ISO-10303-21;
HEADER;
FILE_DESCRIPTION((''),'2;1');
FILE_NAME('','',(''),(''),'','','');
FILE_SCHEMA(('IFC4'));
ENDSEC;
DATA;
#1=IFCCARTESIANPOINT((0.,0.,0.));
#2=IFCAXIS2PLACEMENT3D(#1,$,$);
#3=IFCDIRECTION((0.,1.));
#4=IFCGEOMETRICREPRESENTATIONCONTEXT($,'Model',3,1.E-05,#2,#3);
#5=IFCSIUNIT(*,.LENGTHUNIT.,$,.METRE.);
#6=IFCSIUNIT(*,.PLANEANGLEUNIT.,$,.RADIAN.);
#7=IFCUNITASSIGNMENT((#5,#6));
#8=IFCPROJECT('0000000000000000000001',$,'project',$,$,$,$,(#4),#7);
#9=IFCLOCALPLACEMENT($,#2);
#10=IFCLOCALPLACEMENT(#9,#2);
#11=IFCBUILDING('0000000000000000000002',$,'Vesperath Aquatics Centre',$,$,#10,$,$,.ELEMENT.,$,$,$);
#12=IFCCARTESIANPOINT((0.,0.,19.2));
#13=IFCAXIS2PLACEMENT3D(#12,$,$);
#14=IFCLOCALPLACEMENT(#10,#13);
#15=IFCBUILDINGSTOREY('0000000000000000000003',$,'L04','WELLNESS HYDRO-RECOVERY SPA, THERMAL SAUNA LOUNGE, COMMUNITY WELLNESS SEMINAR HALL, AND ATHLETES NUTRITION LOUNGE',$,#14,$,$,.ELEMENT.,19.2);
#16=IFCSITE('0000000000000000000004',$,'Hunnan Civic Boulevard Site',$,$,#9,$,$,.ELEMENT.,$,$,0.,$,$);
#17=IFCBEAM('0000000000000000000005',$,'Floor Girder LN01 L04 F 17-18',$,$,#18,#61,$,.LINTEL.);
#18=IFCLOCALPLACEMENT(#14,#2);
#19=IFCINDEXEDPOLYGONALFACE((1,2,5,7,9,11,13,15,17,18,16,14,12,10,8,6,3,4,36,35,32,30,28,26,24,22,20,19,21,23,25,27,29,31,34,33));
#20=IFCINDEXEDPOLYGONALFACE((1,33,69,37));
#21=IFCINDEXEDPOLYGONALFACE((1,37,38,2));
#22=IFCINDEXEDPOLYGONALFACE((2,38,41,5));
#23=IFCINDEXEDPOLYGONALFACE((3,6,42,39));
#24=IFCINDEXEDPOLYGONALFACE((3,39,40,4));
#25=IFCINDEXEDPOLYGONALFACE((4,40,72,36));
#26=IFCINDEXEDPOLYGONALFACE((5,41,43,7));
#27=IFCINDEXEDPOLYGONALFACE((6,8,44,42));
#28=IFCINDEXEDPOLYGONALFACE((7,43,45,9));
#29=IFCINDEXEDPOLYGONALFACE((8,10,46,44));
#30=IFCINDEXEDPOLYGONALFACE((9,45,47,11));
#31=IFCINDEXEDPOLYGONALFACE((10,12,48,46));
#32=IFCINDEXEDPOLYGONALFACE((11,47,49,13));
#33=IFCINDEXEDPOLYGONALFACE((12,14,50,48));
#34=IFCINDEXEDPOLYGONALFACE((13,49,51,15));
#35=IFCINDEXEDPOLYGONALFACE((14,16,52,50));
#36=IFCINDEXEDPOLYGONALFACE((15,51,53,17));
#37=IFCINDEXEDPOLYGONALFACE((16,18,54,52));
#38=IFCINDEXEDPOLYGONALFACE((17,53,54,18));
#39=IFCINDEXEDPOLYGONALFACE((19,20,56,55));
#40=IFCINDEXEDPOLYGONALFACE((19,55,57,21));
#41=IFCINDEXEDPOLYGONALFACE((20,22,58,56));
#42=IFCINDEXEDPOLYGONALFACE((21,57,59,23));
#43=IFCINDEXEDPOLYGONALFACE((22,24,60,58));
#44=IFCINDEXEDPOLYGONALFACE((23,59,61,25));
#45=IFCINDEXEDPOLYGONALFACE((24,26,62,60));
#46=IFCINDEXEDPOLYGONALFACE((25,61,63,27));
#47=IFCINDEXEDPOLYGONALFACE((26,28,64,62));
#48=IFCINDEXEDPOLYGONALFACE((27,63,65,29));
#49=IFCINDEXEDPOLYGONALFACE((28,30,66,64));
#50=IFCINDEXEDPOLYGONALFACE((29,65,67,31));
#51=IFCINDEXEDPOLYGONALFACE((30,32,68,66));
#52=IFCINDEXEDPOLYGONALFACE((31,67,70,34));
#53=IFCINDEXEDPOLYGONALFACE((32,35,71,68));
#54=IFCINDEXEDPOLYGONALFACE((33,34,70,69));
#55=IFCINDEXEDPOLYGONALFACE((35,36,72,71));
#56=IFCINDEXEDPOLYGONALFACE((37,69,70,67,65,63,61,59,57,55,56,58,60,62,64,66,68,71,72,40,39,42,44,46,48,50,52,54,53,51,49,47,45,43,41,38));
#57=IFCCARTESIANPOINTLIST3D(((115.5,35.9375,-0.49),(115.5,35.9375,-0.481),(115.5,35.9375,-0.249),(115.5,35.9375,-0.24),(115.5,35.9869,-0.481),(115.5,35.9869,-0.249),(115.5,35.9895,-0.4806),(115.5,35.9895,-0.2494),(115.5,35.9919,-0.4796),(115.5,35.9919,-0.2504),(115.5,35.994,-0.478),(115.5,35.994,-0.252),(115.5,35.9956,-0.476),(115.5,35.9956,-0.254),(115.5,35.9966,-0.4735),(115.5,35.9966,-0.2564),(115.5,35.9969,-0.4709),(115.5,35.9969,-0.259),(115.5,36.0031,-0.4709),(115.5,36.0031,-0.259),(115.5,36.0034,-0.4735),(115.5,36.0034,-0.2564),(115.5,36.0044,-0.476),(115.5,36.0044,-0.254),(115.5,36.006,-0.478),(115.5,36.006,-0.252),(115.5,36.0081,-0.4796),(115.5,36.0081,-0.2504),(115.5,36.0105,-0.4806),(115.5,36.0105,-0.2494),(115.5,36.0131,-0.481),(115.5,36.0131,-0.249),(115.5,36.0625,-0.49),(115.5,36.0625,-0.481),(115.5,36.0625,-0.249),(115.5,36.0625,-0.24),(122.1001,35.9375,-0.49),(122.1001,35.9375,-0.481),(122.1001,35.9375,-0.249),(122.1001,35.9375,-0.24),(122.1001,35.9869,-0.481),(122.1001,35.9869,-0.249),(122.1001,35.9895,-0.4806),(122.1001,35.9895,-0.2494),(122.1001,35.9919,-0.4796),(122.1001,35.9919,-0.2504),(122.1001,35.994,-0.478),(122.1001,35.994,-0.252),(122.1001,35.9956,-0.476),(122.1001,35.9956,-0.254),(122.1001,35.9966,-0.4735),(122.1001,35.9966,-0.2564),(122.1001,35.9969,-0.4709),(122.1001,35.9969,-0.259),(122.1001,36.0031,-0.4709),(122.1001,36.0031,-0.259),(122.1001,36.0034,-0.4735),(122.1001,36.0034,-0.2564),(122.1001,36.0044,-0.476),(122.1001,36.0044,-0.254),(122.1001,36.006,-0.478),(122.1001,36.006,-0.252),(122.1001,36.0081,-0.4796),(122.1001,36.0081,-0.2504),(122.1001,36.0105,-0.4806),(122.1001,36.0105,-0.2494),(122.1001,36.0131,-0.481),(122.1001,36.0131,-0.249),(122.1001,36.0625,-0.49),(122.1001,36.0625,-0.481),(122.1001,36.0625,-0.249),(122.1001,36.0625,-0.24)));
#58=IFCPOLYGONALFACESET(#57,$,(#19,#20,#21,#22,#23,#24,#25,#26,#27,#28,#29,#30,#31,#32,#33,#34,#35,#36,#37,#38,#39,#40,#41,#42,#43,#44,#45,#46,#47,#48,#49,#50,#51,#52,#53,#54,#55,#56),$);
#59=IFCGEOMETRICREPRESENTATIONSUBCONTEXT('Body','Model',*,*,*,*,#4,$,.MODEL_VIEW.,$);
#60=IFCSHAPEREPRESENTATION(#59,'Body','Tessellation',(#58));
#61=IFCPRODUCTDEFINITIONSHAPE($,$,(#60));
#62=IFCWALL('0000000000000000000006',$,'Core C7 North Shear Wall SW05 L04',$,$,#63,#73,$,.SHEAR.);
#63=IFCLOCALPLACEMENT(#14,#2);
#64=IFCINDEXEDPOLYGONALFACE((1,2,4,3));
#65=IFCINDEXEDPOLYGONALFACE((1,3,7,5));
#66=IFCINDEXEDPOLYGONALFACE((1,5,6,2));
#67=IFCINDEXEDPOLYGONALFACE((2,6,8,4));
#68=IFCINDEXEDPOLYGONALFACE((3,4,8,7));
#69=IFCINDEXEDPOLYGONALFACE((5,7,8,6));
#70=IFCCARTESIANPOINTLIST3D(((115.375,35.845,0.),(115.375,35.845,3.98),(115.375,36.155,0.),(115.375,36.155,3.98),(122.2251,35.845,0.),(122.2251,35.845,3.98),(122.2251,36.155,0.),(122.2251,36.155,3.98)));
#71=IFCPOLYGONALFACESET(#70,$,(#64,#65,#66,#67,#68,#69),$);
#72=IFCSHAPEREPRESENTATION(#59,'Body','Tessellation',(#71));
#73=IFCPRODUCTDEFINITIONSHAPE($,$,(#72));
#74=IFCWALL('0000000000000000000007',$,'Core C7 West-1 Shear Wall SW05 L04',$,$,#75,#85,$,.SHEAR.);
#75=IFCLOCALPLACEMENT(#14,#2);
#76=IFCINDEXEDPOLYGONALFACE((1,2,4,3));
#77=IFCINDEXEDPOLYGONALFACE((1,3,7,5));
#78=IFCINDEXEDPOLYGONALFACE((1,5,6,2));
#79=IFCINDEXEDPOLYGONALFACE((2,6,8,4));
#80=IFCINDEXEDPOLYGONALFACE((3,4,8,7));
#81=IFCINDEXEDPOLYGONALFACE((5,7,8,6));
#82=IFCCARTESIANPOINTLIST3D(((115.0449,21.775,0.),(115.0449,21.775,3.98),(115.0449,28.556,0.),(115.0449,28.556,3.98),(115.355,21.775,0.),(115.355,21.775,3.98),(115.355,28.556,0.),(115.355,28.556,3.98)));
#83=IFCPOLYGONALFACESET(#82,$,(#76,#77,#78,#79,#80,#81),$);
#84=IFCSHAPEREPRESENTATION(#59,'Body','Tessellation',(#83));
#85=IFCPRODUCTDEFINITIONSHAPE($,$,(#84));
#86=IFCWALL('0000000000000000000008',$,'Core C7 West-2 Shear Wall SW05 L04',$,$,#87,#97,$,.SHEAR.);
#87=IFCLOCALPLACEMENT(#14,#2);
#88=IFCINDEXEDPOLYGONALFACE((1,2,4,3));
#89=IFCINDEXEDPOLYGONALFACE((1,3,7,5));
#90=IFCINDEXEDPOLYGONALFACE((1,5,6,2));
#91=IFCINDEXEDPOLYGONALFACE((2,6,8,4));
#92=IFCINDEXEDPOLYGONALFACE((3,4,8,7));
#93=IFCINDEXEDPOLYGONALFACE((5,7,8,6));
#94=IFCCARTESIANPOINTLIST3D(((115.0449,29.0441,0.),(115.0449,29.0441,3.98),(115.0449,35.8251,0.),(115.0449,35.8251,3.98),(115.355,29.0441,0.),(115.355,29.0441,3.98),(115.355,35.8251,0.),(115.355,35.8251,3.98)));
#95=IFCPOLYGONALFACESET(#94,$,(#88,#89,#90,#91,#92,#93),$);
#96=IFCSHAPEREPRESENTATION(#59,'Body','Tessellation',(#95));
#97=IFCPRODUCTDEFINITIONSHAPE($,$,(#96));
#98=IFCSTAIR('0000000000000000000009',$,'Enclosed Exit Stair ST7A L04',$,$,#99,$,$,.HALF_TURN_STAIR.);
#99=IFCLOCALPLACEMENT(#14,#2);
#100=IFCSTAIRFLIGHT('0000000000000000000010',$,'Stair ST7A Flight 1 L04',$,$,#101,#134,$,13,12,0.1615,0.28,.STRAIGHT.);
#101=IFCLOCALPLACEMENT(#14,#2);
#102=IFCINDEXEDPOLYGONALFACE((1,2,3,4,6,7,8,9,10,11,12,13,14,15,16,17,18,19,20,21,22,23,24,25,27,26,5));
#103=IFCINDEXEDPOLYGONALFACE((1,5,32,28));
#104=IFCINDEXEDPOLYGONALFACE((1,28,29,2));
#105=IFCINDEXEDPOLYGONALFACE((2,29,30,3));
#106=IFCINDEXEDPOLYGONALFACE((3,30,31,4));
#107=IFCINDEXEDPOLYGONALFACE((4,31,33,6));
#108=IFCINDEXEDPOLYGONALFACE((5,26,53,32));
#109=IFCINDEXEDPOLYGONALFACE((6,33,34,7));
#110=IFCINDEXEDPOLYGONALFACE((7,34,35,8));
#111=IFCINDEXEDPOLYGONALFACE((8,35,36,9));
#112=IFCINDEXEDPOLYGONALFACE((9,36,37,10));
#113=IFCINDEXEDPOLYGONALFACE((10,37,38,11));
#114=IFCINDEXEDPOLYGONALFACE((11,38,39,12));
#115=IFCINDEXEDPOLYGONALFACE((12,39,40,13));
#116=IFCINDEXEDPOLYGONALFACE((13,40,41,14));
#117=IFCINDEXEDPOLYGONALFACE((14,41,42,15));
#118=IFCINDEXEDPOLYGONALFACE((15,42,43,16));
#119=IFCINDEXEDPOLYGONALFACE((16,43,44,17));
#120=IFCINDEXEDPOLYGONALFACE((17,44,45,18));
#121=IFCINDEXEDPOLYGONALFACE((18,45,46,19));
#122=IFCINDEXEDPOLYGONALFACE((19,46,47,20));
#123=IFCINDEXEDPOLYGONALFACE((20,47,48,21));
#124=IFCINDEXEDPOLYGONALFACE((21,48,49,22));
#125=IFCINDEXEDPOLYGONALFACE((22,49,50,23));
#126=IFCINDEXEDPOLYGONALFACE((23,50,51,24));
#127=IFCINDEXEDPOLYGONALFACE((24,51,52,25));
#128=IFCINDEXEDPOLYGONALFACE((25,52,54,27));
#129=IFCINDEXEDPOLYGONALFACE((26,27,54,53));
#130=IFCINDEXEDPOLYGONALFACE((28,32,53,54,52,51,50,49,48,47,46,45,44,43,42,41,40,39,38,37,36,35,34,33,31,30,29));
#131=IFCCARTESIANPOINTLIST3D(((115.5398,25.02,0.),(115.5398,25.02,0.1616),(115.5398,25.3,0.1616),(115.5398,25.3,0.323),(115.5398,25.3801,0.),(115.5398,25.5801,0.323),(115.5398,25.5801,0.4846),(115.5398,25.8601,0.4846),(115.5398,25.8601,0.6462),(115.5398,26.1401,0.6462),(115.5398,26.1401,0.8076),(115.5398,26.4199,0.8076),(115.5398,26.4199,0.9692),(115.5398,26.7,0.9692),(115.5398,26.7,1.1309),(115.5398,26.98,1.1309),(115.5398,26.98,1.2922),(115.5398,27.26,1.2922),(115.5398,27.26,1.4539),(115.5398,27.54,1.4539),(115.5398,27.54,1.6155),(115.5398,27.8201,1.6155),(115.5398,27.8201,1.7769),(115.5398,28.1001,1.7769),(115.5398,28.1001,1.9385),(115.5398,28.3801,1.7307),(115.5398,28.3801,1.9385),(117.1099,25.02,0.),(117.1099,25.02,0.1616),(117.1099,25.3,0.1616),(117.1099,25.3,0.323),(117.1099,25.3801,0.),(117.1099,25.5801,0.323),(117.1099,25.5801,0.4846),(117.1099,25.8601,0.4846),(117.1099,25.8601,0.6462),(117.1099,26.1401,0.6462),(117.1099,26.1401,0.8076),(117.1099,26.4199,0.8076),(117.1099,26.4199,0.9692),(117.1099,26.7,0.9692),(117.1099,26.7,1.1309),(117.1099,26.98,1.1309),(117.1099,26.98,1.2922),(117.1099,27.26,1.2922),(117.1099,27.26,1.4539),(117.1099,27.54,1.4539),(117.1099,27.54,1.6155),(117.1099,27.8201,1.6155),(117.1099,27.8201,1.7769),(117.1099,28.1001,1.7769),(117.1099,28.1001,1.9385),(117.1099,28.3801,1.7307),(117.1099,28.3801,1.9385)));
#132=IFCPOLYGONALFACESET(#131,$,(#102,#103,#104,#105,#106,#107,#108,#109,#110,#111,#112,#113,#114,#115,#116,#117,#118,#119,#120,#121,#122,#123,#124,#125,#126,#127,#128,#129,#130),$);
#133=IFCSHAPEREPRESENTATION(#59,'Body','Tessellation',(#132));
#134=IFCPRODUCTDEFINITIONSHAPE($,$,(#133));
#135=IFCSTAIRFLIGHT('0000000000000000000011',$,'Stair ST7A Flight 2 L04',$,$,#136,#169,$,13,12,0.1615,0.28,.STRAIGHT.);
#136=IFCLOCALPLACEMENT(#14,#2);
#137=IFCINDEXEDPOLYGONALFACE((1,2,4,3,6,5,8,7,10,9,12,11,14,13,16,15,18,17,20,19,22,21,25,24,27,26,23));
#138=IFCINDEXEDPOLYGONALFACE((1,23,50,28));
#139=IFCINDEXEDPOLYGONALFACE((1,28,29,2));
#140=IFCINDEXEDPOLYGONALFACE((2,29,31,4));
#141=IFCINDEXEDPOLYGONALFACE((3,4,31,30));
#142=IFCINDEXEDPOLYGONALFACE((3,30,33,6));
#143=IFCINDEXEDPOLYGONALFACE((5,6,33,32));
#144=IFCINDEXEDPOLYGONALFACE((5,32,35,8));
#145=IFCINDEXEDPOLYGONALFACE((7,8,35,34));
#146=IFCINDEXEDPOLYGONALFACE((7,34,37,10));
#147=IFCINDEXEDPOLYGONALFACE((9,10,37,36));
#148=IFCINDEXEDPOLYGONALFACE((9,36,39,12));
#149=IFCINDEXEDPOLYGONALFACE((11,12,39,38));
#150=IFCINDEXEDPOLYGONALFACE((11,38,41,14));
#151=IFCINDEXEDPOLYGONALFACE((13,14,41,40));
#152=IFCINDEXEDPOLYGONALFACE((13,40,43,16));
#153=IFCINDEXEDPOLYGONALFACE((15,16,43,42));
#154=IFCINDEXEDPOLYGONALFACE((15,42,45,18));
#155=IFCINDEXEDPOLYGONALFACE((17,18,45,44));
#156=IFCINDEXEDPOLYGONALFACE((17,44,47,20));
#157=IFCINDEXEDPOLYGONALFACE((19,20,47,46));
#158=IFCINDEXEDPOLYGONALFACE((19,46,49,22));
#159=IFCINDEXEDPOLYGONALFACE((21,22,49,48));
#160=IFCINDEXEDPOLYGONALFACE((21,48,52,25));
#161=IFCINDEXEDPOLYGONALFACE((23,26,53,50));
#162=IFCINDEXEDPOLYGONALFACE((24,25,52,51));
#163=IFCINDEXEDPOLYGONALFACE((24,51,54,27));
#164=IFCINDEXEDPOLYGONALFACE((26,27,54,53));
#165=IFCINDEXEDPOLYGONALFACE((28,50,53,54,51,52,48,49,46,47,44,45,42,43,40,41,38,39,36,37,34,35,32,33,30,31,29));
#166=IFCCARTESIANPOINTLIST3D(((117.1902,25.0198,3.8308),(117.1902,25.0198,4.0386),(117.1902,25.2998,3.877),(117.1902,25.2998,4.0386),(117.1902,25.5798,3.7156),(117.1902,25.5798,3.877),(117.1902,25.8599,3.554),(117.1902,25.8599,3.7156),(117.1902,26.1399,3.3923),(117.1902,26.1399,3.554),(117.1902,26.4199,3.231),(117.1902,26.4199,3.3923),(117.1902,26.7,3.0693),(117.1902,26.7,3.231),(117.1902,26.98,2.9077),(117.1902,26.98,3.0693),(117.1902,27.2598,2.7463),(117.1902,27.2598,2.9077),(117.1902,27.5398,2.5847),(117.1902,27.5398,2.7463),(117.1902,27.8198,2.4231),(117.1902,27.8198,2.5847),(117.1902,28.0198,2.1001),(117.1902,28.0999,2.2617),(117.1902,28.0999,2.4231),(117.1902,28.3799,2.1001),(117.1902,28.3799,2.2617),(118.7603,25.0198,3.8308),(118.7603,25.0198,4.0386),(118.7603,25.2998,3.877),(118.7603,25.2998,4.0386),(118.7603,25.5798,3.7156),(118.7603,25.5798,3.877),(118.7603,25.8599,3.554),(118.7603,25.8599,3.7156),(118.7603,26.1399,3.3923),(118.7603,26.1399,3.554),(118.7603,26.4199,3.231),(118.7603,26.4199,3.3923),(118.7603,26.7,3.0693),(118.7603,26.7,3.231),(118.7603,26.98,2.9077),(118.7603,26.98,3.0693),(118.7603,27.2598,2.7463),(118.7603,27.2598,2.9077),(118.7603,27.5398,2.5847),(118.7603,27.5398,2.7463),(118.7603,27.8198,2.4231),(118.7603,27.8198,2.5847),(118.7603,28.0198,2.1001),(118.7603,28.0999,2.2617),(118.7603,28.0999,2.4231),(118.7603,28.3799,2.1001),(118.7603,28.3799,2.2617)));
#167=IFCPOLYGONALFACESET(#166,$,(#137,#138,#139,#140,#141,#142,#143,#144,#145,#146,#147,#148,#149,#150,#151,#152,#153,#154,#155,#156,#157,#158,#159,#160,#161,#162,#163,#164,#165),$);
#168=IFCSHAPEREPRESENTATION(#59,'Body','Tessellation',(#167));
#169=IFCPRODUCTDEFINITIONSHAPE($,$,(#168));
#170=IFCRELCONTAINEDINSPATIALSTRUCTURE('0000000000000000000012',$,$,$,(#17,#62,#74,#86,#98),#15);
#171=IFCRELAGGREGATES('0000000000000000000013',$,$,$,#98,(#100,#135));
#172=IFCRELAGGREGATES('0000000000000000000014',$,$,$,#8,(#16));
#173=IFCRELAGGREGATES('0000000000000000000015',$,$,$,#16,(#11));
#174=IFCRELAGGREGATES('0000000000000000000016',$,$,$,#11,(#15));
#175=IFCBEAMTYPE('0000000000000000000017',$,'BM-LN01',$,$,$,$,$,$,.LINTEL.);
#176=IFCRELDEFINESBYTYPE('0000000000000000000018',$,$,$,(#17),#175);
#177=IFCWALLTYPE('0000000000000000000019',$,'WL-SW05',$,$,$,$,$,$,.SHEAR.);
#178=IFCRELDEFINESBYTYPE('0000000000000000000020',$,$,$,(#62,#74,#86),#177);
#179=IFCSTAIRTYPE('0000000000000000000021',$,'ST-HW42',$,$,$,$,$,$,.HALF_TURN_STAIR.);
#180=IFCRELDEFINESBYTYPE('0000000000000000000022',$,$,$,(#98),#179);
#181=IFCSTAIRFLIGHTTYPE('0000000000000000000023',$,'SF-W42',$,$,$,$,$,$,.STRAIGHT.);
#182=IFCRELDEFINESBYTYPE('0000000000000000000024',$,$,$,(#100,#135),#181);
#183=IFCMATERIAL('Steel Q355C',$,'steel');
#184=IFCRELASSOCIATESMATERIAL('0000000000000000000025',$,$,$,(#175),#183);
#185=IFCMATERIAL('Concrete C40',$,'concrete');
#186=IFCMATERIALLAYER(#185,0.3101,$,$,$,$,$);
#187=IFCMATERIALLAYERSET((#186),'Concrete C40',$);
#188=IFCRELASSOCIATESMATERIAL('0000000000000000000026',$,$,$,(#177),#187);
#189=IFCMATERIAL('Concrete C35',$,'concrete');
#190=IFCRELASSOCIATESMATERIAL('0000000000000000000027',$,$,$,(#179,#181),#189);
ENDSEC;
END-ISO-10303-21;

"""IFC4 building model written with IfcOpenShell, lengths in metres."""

from ifc_helpers import new_model, si_unit, direction, frame, frame_2d, origin, origin_2d, place, context, subcontext, project, spatial, polyline, rectangle, i_section, outline, extrude, material, layer, layer_set, material_profile, profile_set, type_object, element, aggregate, save


model = new_model("IFC4")

# Units and contexts
model_context = context("Model", 3, precision=1e-05, world=origin(), true_north=direction((0.0, 1.0)))
body_context = subcontext(model_context, "Body", "Model", "MODEL_VIEW")
ifc_project = project(units=[si_unit("LENGTHUNIT", "METRE"), si_unit("PLANEANGLEUNIT", "RADIAN")], contexts=[model_context])

# Site, building, storey
site_placement = place(None, origin())
site = spatial("IfcSite", under=ifc_project, at=site_placement, Name="Hunnan Civic Boulevard Site", CompositionType="ELEMENT", RefElevation=0.0)
building_placement = place(site_placement, origin())
building = spatial("IfcBuilding", under=site, at=building_placement, Name="Vesperath Aquatics Centre", CompositionType="ELEMENT")
storey_placement = place(building_placement, frame((0.0, 0.0, 19.2)))
storey = spatial("IfcBuildingStorey", under=building, at=storey_placement, Name="L04", Description="WELLNESS HYDRO-RECOVERY SPA, THERMAL SAUNA LOUNGE, COMMUNITY WELLNESS SEMINAR HALL, AND ATHLETES NUTRITION LOUNGE", CompositionType="ELEMENT", Elevation=19.2)

# Shared definitions
ifc_material_1 = material(Name="Steel Q355C", Category="steel")

# Beam
ifc_material_2 = material(Name="Concrete C35", Category="concrete")
ifc_material_profile_1 = material_profile(ifc_material_1, i_section(OverallWidth=0.125, OverallDepth=0.25, WebThickness=0.0061, FlangeThickness=0.009, FilletRadius=0.01, at=origin_2d()), Name="HN 250x125x6x9")
ifc_profile_set_1 = profile_set([ifc_material_profile_1], Name="Steel Q355C")
beam_type_1 = type_object("IfcBeamType", Name="BM-LN01", PredefinedType="LINTEL", material=ifc_profile_set_1)
beam_1_placement = place(storey_placement, frame((115.5, 36.0, -0.365), z_axis=(1.0, 0.0, 0.0), x_axis=(0.0, 1.0, 0.0)))
element("IfcBeam", 1, at=beam_1_placement, inside=storey, type_object=beam_type_1, Name="Floor Girder LN01 L04 F 17-18", PredefinedType="LINTEL", context=body_context, shape_type="SweptSolid", body=[
    extrude(i_section(OverallWidth=0.125, OverallDepth=0.25, WebThickness=0.0061, FlangeThickness=0.009, FilletRadius=0.01, at=origin_2d()), origin(), (0.0, 0.0, 1.0), 6.6001),
])

# Walls
ifc_material_3 = material(Name="Concrete C40", Category="concrete")
ifc_layer = layer(ifc_material_3, 0.3101)
ifc_layer_set = layer_set([ifc_layer], Name="Concrete C40")
wall_type = type_object("IfcWallType", Name="WL-SW05", PredefinedType="SHEAR", material=ifc_layer_set)
wall_placement = place(storey_placement, frame((115.375, 36.0, 0.0), z_axis=(0.0, 0.0, 1.0), x_axis=(1.0, 0.0, 0.0)))
element("IfcWall", 2, at=wall_placement, inside=storey, type_object=wall_type, Name="Core C7 North Shear Wall SW05 L04", PredefinedType="SHEAR", context=body_context, shape_type="SweptSolid", body=[
    extrude(rectangle(XDim=6.8501, YDim=0.3101, at=frame_2d((3.425, 0.0))), origin(), (0.0, 0.0, 1.0), 3.98),
])
for number, where, z_axis, x_axis, name in (
    (3, (115.2, 21.7749, 0.0), (0.0, 0.0, 1.0), (0.0, 1.0, 0.0), "Core C7 West-1 Shear Wall SW05 L04"),
    (4, (115.2, 29.0439, 0.0), (0.0, 0.0, 1.0), (0.0, 1.0, 0.0), "Core C7 West-2 Shear Wall SW05 L04"),
):
    element("IfcWall", number, at=place(storey_placement, frame(where, z_axis=z_axis, x_axis=x_axis)), inside=storey, type_object=wall_type, Name=name, PredefinedType="SHEAR", context=body_context, shape_type="SweptSolid", body=[
        extrude(rectangle(XDim=6.781, YDim=0.3101, at=frame_2d((3.3906, 0.0))), origin(), (0.0, 0.0, 1.0), 3.98),
    ])

# Stair, stair flights
stair_type = type_object("IfcStairType", Name="ST-HW42", PredefinedType="HALF_TURN_STAIR", material=ifc_material_2)
stair_1_placement = place(storey_placement, origin())
stair_1 = element("IfcStair", 5, at=stair_1_placement, inside=storey, type_object=stair_type, Name="Enclosed Exit Stair ST7A L04", PredefinedType="HALF_TURN_STAIR")
stair_flight_type = type_object("IfcStairFlightType", Name="SF-W42", PredefinedType="STRAIGHT", material=ifc_material_2)
stair_flight_1_placement = place(storey_placement, frame((116.325, 25.02, 0.0), z_axis=(0.0, 0.0, 1.0), x_axis=(0.0, 1.0, 0.0)))
stair_flight_1 = element("IfcStairFlight", 6, at=stair_flight_1_placement, type_object=stair_flight_type, Name="Stair ST7A Flight 1 L04", NumberOfRisers=13, NumberOfTreads=12, PredefinedType="STRAIGHT", RiserHeight=0.1615, TreadLength=0.28, context=body_context, shape_type="SweptSolid", body=[
    extrude(outline(polyline([(0.0, 0.0), (0.0, 0.1616), (0.28, 0.1616), (0.28, 0.323), (0.5601, 0.323), (0.5601, 0.4846), (0.8401, 0.4846), (0.8401, 0.6462), (1.1201, 0.6462), (1.1201, 0.8076), (1.3999, 0.8076), (1.3999, 0.9692), (1.6799, 0.9692), (1.6799, 1.1309), (1.96, 1.1309), (1.96, 1.2922), (2.24, 1.2922), (2.24, 1.4539), (2.52, 1.4539), (2.52, 1.6155), (2.8, 1.6155), (2.8, 1.7769), (3.0801, 1.7769), (3.0801, 1.9385), (3.3601, 1.9385), (3.3601, 2.1001), (3.3601, 1.7307), (0.3601, 0.0), (0.0, 0.0)])), frame((0.0, 0.7852, 0.0), z_axis=(0.0, -1.0, 0.0), x_axis=(1.0, 0.0, 0.0)), (0.0, 0.0, 1.0), 1.5701),
])
stair_flight_2_placement = place(storey_placement, frame((117.9751, 28.3799, 2.1001), z_axis=(0.0, 0.0, 1.0), x_axis=(0.0, -1.0, 0.0)))
stair_flight_2 = element("IfcStairFlight", 7, at=stair_flight_2_placement, type_object=stair_flight_type, Name="Stair ST7A Flight 2 L04", NumberOfRisers=13, NumberOfTreads=12, PredefinedType="STRAIGHT", RiserHeight=0.1615, TreadLength=0.28, context=body_context, shape_type="SweptSolid", body=[
    extrude(outline(polyline([(0.0, 0.0), (0.0, 0.1616), (0.28, 0.1616), (0.28, 0.323), (0.5601, 0.323), (0.5601, 0.4846), (0.8401, 0.4846), (0.8401, 0.6462), (1.1201, 0.6462), (1.1201, 0.8076), (1.3999, 0.8076), (1.3999, 0.9692), (1.6799, 0.9692), (1.6799, 1.1309), (1.96, 1.1309), (1.96, 1.2922), (2.24, 1.2922), (2.24, 1.4539), (2.52, 1.4539), (2.52, 1.6155), (2.8, 1.6155), (2.8, 1.7769), (3.0801, 1.7769), (3.0801, 1.9385), (3.3601, 1.9385), (3.3601, 2.1001), (3.3601, 1.7307), (0.3601, 0.0), (0.0, 0.0)])), frame((0.0, 0.7852, 0.0), z_axis=(0.0, -1.0, 0.0), x_axis=(1.0, 0.0, 0.0)), (0.0, 0.0, 1.0), 1.5701),
])
aggregate(stair_1, [stair_flight_1, stair_flight_2])

save(model, "model.ifc")
